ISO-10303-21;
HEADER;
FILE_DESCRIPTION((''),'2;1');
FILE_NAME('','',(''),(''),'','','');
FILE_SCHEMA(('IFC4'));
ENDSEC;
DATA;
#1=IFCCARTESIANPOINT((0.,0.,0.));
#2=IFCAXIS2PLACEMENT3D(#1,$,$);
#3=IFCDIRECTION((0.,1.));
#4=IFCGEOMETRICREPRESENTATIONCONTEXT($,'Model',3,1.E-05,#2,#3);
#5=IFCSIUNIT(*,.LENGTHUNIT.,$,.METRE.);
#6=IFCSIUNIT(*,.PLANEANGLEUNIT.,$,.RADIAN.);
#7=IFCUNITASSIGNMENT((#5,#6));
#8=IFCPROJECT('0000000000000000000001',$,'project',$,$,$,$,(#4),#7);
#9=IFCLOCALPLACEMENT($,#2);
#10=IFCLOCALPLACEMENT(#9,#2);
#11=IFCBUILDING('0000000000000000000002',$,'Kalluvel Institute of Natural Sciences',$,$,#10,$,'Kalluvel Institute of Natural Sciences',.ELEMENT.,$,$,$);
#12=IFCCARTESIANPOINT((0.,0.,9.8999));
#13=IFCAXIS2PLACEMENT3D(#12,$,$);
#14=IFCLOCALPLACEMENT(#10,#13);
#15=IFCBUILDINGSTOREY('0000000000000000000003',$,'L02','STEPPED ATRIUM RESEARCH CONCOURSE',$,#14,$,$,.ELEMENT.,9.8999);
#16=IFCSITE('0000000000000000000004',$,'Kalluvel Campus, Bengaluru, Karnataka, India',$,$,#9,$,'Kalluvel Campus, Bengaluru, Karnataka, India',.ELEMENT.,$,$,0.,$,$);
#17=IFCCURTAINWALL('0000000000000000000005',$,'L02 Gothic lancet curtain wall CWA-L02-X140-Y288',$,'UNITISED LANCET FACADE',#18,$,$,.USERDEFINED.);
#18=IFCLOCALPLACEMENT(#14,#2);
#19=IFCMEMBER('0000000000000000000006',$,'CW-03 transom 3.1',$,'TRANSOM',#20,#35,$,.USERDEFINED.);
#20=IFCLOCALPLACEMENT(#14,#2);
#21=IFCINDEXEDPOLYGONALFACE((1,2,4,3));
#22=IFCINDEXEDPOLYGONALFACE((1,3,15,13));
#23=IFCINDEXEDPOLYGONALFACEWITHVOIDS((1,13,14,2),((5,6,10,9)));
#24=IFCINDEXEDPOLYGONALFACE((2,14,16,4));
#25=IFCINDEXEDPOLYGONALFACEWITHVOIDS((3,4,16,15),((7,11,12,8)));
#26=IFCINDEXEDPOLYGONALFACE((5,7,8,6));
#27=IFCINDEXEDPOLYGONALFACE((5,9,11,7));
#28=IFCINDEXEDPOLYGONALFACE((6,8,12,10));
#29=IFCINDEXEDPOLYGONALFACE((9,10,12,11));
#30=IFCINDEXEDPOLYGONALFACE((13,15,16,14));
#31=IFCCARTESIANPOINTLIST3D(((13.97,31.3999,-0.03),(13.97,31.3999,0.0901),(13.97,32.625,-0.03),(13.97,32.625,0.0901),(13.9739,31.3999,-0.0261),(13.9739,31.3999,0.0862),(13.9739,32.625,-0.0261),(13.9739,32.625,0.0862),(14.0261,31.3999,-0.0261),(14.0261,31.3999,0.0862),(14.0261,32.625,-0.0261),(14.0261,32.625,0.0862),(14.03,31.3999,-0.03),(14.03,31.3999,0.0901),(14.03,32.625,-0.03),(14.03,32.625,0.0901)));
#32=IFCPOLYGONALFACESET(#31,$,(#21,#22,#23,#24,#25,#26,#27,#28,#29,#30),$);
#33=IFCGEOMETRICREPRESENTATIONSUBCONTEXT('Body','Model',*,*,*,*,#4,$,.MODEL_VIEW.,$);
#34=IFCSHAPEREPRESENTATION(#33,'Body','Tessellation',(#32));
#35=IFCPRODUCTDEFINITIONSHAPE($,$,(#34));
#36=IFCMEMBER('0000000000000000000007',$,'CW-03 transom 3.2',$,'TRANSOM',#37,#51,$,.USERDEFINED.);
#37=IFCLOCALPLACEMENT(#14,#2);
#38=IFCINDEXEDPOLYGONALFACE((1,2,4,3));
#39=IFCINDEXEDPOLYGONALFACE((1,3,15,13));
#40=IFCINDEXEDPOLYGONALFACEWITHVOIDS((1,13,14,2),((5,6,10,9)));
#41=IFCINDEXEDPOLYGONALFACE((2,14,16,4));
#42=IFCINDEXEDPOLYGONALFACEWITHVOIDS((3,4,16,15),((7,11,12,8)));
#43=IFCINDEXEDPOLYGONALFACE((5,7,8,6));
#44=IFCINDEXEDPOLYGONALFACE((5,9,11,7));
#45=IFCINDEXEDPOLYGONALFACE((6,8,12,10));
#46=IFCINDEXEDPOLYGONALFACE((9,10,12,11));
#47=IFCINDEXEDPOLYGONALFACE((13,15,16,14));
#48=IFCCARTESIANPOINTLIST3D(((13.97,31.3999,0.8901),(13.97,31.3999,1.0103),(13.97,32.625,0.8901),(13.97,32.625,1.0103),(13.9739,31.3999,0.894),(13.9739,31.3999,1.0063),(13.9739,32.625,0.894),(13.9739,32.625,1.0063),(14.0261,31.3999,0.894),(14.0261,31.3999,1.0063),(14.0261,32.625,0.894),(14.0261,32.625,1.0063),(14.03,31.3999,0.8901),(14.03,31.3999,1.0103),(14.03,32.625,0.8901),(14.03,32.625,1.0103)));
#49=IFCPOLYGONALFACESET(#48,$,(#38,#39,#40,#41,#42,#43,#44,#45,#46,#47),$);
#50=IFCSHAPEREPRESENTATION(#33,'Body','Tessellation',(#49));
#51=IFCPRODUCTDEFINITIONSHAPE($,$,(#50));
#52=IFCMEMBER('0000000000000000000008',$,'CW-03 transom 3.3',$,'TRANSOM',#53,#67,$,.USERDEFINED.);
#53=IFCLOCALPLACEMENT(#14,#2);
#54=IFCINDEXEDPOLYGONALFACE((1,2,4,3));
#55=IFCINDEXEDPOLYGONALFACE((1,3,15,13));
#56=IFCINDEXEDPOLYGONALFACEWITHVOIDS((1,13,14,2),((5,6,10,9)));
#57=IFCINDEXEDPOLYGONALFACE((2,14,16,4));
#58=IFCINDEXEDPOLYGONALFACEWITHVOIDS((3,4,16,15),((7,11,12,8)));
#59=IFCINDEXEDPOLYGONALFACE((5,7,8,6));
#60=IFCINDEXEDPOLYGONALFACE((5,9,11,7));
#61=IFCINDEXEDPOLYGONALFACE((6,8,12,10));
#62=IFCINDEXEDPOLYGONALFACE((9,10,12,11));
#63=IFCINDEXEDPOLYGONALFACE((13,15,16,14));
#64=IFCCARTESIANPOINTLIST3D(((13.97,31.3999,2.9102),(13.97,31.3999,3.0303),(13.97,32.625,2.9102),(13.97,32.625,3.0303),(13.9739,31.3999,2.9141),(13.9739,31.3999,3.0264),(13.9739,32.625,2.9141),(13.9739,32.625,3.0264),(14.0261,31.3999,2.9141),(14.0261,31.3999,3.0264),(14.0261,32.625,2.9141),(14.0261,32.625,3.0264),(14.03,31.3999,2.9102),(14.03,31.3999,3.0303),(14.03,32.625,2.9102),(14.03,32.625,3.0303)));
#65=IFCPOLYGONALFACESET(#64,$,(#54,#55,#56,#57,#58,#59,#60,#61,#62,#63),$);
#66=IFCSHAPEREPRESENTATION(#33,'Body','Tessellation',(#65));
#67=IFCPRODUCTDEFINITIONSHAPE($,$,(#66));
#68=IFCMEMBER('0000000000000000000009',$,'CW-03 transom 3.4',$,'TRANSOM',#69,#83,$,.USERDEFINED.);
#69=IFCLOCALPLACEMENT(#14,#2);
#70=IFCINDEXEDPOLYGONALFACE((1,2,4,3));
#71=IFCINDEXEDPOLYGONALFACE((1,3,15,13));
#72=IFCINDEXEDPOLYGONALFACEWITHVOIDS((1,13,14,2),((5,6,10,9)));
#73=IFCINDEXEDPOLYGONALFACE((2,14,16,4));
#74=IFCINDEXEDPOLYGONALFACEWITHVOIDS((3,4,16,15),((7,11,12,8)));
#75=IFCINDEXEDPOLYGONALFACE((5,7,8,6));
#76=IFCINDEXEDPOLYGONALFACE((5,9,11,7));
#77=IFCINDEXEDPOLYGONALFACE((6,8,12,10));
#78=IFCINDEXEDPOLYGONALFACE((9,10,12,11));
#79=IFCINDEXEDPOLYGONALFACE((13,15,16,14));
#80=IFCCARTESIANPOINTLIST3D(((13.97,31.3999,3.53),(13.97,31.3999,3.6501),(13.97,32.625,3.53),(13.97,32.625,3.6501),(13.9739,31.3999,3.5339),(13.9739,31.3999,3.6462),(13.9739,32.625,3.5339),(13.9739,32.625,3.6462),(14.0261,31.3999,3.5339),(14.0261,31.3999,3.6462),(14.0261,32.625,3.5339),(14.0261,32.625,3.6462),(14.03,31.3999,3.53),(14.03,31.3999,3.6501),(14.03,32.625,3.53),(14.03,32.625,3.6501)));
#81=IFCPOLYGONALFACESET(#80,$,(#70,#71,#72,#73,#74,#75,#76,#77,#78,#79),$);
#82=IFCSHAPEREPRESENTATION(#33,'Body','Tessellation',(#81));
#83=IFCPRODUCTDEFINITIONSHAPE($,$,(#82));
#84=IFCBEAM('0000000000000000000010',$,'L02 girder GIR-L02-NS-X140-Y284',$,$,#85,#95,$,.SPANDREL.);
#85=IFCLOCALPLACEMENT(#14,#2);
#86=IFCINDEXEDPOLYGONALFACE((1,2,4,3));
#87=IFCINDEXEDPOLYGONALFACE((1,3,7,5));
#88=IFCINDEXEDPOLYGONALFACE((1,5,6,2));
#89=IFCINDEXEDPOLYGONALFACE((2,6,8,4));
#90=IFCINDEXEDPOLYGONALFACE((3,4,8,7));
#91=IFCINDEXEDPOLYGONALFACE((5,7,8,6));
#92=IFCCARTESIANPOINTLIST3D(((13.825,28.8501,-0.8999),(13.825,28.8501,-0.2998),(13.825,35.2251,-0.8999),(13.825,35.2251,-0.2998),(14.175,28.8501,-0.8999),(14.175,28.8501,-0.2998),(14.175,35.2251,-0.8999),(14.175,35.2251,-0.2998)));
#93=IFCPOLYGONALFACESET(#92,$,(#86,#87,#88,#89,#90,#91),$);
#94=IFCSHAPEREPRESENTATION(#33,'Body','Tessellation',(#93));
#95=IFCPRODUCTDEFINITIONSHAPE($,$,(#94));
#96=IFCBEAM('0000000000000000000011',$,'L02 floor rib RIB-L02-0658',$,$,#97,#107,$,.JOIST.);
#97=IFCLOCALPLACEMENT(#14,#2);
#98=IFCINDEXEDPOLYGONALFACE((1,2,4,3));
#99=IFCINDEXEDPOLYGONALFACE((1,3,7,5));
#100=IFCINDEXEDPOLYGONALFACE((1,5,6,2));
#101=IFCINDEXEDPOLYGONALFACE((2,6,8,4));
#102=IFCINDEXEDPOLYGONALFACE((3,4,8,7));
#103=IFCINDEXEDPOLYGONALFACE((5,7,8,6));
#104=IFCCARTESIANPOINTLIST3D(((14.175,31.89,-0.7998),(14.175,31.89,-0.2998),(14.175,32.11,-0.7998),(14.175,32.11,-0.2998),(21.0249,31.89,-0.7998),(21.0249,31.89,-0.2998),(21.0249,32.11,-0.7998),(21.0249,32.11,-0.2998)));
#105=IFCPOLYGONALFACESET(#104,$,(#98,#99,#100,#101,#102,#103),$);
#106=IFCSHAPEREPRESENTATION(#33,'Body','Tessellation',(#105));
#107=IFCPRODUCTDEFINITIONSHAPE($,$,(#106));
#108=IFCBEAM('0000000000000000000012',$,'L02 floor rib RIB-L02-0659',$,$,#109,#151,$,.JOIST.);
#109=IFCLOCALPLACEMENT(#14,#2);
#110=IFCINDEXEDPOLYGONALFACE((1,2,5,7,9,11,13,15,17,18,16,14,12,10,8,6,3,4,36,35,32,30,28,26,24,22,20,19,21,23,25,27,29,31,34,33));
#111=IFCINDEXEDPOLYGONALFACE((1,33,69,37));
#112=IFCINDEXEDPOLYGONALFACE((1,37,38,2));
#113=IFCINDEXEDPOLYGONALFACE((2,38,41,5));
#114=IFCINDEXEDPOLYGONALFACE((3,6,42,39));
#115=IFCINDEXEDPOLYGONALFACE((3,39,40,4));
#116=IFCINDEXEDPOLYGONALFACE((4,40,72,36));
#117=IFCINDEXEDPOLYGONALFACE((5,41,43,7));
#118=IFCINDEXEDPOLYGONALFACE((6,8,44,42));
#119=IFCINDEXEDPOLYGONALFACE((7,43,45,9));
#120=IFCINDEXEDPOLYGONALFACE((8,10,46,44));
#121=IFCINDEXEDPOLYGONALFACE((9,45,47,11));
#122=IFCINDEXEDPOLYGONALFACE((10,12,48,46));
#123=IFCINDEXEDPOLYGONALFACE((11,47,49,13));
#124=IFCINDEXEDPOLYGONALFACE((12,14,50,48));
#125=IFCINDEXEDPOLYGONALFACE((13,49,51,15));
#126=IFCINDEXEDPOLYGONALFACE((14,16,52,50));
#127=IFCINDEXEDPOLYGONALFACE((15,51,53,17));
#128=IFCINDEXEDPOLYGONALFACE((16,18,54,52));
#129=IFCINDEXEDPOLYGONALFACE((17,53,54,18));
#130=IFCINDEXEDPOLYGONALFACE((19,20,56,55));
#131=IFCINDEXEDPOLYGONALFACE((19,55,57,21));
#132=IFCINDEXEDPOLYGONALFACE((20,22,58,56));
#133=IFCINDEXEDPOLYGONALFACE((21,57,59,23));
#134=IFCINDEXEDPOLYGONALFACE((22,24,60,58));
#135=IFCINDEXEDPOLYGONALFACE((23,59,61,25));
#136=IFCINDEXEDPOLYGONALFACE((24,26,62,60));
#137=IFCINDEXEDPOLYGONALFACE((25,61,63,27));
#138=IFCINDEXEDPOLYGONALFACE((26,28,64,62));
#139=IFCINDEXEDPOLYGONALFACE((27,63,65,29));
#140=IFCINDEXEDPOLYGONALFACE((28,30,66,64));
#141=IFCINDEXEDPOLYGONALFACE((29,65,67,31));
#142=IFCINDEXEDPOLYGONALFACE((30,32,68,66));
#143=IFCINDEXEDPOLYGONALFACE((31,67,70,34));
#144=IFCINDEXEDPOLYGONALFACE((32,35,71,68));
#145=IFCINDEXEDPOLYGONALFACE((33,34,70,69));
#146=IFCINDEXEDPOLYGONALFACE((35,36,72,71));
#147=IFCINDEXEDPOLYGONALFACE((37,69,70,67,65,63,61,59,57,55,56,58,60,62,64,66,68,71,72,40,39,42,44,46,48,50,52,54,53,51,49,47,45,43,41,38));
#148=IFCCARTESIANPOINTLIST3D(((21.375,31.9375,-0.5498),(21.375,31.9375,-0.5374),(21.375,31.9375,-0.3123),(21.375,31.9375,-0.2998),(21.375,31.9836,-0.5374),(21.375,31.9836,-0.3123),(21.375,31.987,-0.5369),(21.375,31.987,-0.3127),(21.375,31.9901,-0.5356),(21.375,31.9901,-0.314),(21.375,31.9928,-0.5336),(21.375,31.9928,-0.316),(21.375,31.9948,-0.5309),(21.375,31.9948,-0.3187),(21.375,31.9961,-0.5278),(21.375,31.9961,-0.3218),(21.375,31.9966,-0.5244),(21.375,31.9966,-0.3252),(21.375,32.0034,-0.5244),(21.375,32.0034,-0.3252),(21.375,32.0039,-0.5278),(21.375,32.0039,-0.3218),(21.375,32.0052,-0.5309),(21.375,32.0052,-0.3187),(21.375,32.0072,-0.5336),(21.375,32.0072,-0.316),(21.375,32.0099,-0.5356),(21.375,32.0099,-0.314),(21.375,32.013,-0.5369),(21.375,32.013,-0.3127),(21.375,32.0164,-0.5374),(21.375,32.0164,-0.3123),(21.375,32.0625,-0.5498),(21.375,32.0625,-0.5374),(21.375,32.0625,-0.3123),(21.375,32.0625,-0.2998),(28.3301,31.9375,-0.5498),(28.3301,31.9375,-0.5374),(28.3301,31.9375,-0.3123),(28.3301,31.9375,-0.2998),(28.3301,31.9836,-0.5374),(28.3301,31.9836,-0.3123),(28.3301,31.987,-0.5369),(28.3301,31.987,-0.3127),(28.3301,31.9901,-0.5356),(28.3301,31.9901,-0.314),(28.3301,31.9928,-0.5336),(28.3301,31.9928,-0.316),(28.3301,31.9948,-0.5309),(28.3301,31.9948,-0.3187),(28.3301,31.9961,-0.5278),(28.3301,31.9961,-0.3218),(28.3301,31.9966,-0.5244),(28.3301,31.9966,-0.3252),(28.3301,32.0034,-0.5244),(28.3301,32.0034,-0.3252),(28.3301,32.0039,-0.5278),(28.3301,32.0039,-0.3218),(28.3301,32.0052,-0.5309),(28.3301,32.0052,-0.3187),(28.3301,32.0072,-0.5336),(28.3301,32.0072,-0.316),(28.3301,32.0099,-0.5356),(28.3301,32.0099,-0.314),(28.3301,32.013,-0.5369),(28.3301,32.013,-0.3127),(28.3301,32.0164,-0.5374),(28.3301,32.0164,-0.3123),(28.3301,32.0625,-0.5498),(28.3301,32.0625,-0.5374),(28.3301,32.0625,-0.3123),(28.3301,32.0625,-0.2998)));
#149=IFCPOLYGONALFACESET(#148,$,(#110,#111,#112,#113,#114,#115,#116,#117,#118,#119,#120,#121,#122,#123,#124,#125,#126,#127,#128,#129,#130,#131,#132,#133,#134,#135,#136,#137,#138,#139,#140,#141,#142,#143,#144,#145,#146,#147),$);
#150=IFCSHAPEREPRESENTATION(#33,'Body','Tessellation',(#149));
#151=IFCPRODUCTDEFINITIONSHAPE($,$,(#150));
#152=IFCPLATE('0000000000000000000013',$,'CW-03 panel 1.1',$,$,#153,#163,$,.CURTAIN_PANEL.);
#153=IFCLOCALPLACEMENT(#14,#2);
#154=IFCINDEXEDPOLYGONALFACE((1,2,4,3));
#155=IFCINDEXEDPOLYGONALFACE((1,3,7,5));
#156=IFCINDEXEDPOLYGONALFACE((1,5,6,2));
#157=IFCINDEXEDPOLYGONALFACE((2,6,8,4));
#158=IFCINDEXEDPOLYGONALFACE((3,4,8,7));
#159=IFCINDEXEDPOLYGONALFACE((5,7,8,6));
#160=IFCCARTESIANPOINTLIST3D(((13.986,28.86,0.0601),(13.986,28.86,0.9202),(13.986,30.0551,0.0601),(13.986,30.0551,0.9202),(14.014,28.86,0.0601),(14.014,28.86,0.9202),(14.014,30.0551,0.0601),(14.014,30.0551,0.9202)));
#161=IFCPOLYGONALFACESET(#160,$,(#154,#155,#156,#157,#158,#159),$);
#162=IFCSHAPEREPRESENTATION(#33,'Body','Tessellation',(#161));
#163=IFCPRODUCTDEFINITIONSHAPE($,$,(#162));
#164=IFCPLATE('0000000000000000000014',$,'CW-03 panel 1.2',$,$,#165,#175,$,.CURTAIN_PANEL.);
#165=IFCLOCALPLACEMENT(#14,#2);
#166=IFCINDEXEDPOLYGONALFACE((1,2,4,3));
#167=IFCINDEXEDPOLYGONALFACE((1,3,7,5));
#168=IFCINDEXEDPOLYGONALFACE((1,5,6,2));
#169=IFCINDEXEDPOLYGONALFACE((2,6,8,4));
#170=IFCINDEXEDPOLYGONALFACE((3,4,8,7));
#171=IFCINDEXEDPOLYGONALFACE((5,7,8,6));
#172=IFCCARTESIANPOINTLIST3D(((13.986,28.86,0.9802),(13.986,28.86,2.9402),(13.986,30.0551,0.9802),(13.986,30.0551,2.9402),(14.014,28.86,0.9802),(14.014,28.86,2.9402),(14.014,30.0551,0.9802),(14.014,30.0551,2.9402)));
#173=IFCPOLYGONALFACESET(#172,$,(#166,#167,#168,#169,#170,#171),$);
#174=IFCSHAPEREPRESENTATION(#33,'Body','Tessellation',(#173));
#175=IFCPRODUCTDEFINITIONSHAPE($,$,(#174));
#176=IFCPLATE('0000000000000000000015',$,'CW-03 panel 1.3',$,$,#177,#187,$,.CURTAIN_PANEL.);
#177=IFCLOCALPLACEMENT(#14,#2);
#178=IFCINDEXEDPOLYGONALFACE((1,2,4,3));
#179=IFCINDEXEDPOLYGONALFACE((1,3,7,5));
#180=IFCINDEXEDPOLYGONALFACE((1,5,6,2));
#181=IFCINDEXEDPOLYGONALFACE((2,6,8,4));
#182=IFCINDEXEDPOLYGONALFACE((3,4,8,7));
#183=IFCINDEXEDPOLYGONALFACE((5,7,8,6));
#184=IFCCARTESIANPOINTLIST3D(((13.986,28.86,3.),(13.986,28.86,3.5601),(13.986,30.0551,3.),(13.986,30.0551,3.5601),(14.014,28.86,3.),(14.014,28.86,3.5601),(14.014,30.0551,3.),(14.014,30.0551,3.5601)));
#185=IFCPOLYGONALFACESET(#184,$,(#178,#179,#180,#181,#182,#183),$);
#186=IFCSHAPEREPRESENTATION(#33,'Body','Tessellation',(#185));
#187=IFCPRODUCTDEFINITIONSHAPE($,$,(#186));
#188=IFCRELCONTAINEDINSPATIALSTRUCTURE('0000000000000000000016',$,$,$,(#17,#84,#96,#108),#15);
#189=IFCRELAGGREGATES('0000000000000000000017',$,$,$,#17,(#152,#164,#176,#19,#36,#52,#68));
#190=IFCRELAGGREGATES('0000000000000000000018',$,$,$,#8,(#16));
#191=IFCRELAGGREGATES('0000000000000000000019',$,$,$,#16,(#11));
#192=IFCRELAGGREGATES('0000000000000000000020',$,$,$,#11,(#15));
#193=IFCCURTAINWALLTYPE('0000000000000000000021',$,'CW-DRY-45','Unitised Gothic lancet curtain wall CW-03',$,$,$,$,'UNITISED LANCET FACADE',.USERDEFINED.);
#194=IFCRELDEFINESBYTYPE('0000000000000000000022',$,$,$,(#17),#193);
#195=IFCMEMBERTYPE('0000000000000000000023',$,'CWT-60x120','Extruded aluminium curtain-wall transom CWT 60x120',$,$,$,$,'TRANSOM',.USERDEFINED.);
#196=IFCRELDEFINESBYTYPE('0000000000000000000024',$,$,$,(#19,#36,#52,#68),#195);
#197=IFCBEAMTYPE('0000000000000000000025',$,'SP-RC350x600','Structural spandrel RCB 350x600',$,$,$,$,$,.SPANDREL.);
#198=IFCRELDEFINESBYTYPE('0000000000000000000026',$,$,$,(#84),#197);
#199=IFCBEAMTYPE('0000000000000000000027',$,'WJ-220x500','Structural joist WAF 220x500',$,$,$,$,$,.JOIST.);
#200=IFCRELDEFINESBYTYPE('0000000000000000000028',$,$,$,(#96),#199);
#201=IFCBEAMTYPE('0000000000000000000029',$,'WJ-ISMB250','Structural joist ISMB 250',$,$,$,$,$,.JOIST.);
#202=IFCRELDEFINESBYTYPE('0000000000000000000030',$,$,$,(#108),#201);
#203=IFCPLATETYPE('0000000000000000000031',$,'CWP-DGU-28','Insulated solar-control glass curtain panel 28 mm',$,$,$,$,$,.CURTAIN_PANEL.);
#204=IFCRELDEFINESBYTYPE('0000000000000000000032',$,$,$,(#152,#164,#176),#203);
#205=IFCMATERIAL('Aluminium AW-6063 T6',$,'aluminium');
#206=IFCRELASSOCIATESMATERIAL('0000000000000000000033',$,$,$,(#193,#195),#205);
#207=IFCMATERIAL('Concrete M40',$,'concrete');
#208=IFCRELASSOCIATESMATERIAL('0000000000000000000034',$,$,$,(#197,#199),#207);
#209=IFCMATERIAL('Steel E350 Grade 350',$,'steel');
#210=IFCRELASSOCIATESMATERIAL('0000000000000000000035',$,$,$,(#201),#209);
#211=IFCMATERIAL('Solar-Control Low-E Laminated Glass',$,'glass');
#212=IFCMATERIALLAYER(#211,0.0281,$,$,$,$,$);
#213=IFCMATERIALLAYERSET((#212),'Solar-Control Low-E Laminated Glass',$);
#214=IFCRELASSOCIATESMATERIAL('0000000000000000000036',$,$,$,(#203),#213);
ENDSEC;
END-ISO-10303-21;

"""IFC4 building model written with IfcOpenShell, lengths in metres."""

from ifc_helpers import new_model, si_unit, direction, frame, origin, origin_2d, place, context, subcontext, project, spatial, rectangle, hollow_rectangle, i_section, extrude, material, layer, layer_set, material_profile, profile_set, type_object, element, aggregate, save


model = new_model("IFC4")

# Units and contexts
model_context = context("Model", 3, precision=1e-05, world=origin(), true_north=direction((0.0, 1.0)))
body_context = subcontext(model_context, "Body", "Model", "MODEL_VIEW")
ifc_project = project(units=[si_unit("LENGTHUNIT", "METRE"), si_unit("PLANEANGLEUNIT", "RADIAN")], contexts=[model_context])

# Site, building, storey
site_placement = place(None, origin())
site = spatial("IfcSite", under=ifc_project, at=site_placement, Name="Kalluvel Campus, Bengaluru, Karnataka, India", LongName="Kalluvel Campus, Bengaluru, Karnataka, India", CompositionType="ELEMENT", RefElevation=0.0)
building_placement = place(site_placement, origin())
building = spatial("IfcBuilding", under=site, at=building_placement, Name="Kalluvel Institute of Natural Sciences", LongName="Kalluvel Institute of Natural Sciences", CompositionType="ELEMENT")
storey_placement = place(building_placement, frame((0.0, 0.0, 9.8999)))
storey = spatial("IfcBuildingStorey", under=building, at=storey_placement, Name="L02", Description="STEPPED ATRIUM RESEARCH CONCOURSE", CompositionType="ELEMENT", Elevation=9.8999)

# Curtain wall, members
ifc_material_1 = material(Name="Aluminium AW-6063 T6", Category="aluminium")
curtain_wall_type = type_object("IfcCurtainWallType", Name="CW-DRY-45", Description="Unitised Gothic lancet curtain wall CW-03", ElementType="UNITISED LANCET FACADE", PredefinedType="USERDEFINED", material=ifc_material_1)
curtain_wall_placement = place(storey_placement, origin())
curtain_wall = element("IfcCurtainWall", 1, at=curtain_wall_placement, inside=storey, type_object=curtain_wall_type, Name="L02 Gothic lancet curtain wall CWA-L02-X140-Y288", ObjectType="UNITISED LANCET FACADE", PredefinedType="USERDEFINED")
ifc_material_profile_1 = material_profile(ifc_material_1, hollow_rectangle(XDim=0.0601, YDim=0.1201, WallThickness=0.0039, at=origin_2d()), Name="CWT 60x120")
ifc_profile_set_1 = profile_set([ifc_material_profile_1], Name="Aluminium AW-6063 T6")
member_type_1 = type_object("IfcMemberType", Name="CWT-60x120", Description="Extruded aluminium curtain-wall transom CWT 60x120", ElementType="TRANSOM", PredefinedType="USERDEFINED", material=ifc_profile_set_1)
member_1_placement = place(storey_placement, frame((14.0, 31.3999, 0.03), z_axis=(0.0, 1.0, 0.0), x_axis=(-1.0, 0.0, 0.0)))
member_1 = element("IfcMember", 2, at=member_1_placement, type_object=member_type_1, Name="CW-03 transom 3.1", ObjectType="TRANSOM", PredefinedType="USERDEFINED", context=body_context, shape_type="SweptSolid", body=[
    extrude(hollow_rectangle(XDim=0.0601, YDim=0.1201, WallThickness=0.0039, at=origin_2d()), origin(), (0.0, 0.0, 1.0), 1.2251),
])
member_2_placement = place(storey_placement, frame((14.0, 31.3999, 0.9502), z_axis=(0.0, 1.0, 0.0), x_axis=(-1.0, 0.0, 0.0)))
member_2 = element("IfcMember", 3, at=member_2_placement, type_object=member_type_1, Name="CW-03 transom 3.2", ObjectType="TRANSOM", PredefinedType="USERDEFINED", context=body_context, shape_type="SweptSolid", body=[
    extrude(hollow_rectangle(XDim=0.0601, YDim=0.1201, WallThickness=0.0039, at=origin_2d()), origin(), (0.0, 0.0, 1.0), 1.2251),
])
member_3_placement = place(storey_placement, frame((14.0, 31.3999, 2.9702), z_axis=(0.0, 1.0, 0.0), x_axis=(-1.0, 0.0, 0.0)))
member_3 = element("IfcMember", 4, at=member_3_placement, type_object=member_type_1, Name="CW-03 transom 3.3", ObjectType="TRANSOM", PredefinedType="USERDEFINED", context=body_context, shape_type="SweptSolid", body=[
    extrude(hollow_rectangle(XDim=0.0601, YDim=0.1201, WallThickness=0.0039, at=origin_2d()), origin(), (0.0, 0.0, 1.0), 1.2251),
])
member_4_placement = place(storey_placement, frame((14.0, 31.3999, 3.5901), z_axis=(0.0, 1.0, 0.0), x_axis=(-1.0, 0.0, 0.0)))
member_4 = element("IfcMember", 5, at=member_4_placement, type_object=member_type_1, Name="CW-03 transom 3.4", ObjectType="TRANSOM", PredefinedType="USERDEFINED", context=body_context, shape_type="SweptSolid", body=[
    extrude(hollow_rectangle(XDim=0.0601, YDim=0.1201, WallThickness=0.0039, at=origin_2d()), origin(), (0.0, 0.0, 1.0), 1.2251),
])

# Beams
ifc_material_2 = material(Name="Concrete M40", Category="concrete")
ifc_material_profile_2 = material_profile(ifc_material_2, rectangle(XDim=0.3501, YDim=0.6001, at=origin_2d()), Name="RCB 350x600")
ifc_profile_set_2 = profile_set([ifc_material_profile_2], Name="Concrete M40")
beam_type_1 = type_object("IfcBeamType", Name="SP-RC350x600", Description="Structural spandrel RCB 350x600", PredefinedType="SPANDREL", material=ifc_profile_set_2)
beam_1_placement = place(storey_placement, frame((14.0, 28.8501, -0.5999), z_axis=(0.0, 1.0, 0.0), x_axis=(-1.0, 0.0, 0.0)))
element("IfcBeam", 6, at=beam_1_placement, inside=storey, type_object=beam_type_1, Name="L02 girder GIR-L02-NS-X140-Y284", PredefinedType="SPANDREL", context=body_context, shape_type="SweptSolid", body=[
    extrude(rectangle(XDim=0.3501, YDim=0.6001, at=origin_2d()), origin(), (0.0, 0.0, 1.0), 6.375),
])
ifc_material_profile_3 = material_profile(ifc_material_2, rectangle(XDim=0.22, YDim=0.5, at=origin_2d()), Name="WAF 220x500")
ifc_profile_set_3 = profile_set([ifc_material_profile_3], Name="Concrete M40")
beam_type_2 = type_object("IfcBeamType", Name="WJ-220x500", Description="Structural joist WAF 220x500", PredefinedType="JOIST", material=ifc_profile_set_3)
beam_2_placement = place(storey_placement, frame((14.175, 32.0, -0.5498), z_axis=(1.0, 0.0, 0.0), x_axis=(0.0, 1.0, 0.0)))
element("IfcBeam", 7, at=beam_2_placement, inside=storey, type_object=beam_type_2, Name="L02 floor rib RIB-L02-0658", PredefinedType="JOIST", context=body_context, shape_type="SweptSolid", body=[
    extrude(rectangle(XDim=0.22, YDim=0.5, at=origin_2d()), origin(), (0.0, 0.0, 1.0), 6.8499),
])
ifc_material_3 = material(Name="Steel E350 Grade 350", Category="steel")
ifc_material_profile_4 = material_profile(ifc_material_3, i_section(OverallWidth=0.125, OverallDepth=0.25, WebThickness=0.0068, FlangeThickness=0.0125, FilletRadius=0.0129, at=origin_2d()), Name="ISMB 250")
ifc_profile_set_4 = profile_set([ifc_material_profile_4], Name="Steel E350 Grade 350")
beam_type_3 = type_object("IfcBeamType", Name="WJ-ISMB250", Description="Structural joist ISMB 250", PredefinedType="JOIST", material=ifc_profile_set_4)
beam_3_placement = place(storey_placement, frame((21.375, 32.0, -0.4248), z_axis=(1.0, 0.0, 0.0), x_axis=(0.0, 1.0, 0.0)))
element("IfcBeam", 8, at=beam_3_placement, inside=storey, type_object=beam_type_3, Name="L02 floor rib RIB-L02-0659", PredefinedType="JOIST", context=body_context, shape_type="SweptSolid", body=[
    extrude(i_section(OverallWidth=0.125, OverallDepth=0.25, WebThickness=0.0068, FlangeThickness=0.0125, FilletRadius=0.0129, at=origin_2d()), origin(), (0.0, 0.0, 1.0), 6.9551),
])

# Plates
ifc_material_4 = material(Name="Solar-Control Low-E Laminated Glass", Category="glass")
ifc_layer = layer(ifc_material_4, 0.0281)
ifc_layer_set = layer_set([ifc_layer], Name="Solar-Control Low-E Laminated Glass")
plate_type = type_object("IfcPlateType", Name="CWP-DGU-28", Description="Insulated solar-control glass curtain panel 28 mm", PredefinedType="CURTAIN_PANEL", material=ifc_layer_set)
plate_1_placement = place(storey_placement, frame((14.0, 29.4575, 0.0601), z_axis=(0.0, 0.0, 1.0), x_axis=(0.0, 1.0, 0.0)))
plate_1 = element("IfcPlate", 9, at=plate_1_placement, type_object=plate_type, Name="CW-03 panel 1.1", PredefinedType="CURTAIN_PANEL", context=body_context, shape_type="SweptSolid", body=[
    extrude(rectangle(XDim=1.1951, YDim=0.0281, at=origin_2d()), origin(), (0.0, 0.0, 1.0), 0.8601),
])
plate_2_placement = place(storey_placement, frame((14.0, 29.4575, 0.9802), z_axis=(0.0, 0.0, 1.0), x_axis=(0.0, 1.0, 0.0)))
plate_2 = element("IfcPlate", 10, at=plate_2_placement, type_object=plate_type, Name="CW-03 panel 1.2", PredefinedType="CURTAIN_PANEL", context=body_context, shape_type="SweptSolid", body=[
    extrude(rectangle(XDim=1.1951, YDim=0.0281, at=origin_2d()), origin(), (0.0, 0.0, 1.0), 1.96),
])
plate_3_placement = place(storey_placement, frame((14.0, 29.4575, 3.0), z_axis=(0.0, 0.0, 1.0), x_axis=(0.0, 1.0, 0.0)))
plate_3 = element("IfcPlate", 11, at=plate_3_placement, type_object=plate_type, Name="CW-03 panel 1.3", PredefinedType="CURTAIN_PANEL", context=body_context, shape_type="SweptSolid", body=[
    extrude(rectangle(XDim=1.1951, YDim=0.0281, at=origin_2d()), origin(), (0.0, 0.0, 1.0), 0.5601),
])
aggregate(curtain_wall, [plate_1, plate_2, plate_3, member_1, member_2, member_3, member_4])

save(model, "model.ifc")
